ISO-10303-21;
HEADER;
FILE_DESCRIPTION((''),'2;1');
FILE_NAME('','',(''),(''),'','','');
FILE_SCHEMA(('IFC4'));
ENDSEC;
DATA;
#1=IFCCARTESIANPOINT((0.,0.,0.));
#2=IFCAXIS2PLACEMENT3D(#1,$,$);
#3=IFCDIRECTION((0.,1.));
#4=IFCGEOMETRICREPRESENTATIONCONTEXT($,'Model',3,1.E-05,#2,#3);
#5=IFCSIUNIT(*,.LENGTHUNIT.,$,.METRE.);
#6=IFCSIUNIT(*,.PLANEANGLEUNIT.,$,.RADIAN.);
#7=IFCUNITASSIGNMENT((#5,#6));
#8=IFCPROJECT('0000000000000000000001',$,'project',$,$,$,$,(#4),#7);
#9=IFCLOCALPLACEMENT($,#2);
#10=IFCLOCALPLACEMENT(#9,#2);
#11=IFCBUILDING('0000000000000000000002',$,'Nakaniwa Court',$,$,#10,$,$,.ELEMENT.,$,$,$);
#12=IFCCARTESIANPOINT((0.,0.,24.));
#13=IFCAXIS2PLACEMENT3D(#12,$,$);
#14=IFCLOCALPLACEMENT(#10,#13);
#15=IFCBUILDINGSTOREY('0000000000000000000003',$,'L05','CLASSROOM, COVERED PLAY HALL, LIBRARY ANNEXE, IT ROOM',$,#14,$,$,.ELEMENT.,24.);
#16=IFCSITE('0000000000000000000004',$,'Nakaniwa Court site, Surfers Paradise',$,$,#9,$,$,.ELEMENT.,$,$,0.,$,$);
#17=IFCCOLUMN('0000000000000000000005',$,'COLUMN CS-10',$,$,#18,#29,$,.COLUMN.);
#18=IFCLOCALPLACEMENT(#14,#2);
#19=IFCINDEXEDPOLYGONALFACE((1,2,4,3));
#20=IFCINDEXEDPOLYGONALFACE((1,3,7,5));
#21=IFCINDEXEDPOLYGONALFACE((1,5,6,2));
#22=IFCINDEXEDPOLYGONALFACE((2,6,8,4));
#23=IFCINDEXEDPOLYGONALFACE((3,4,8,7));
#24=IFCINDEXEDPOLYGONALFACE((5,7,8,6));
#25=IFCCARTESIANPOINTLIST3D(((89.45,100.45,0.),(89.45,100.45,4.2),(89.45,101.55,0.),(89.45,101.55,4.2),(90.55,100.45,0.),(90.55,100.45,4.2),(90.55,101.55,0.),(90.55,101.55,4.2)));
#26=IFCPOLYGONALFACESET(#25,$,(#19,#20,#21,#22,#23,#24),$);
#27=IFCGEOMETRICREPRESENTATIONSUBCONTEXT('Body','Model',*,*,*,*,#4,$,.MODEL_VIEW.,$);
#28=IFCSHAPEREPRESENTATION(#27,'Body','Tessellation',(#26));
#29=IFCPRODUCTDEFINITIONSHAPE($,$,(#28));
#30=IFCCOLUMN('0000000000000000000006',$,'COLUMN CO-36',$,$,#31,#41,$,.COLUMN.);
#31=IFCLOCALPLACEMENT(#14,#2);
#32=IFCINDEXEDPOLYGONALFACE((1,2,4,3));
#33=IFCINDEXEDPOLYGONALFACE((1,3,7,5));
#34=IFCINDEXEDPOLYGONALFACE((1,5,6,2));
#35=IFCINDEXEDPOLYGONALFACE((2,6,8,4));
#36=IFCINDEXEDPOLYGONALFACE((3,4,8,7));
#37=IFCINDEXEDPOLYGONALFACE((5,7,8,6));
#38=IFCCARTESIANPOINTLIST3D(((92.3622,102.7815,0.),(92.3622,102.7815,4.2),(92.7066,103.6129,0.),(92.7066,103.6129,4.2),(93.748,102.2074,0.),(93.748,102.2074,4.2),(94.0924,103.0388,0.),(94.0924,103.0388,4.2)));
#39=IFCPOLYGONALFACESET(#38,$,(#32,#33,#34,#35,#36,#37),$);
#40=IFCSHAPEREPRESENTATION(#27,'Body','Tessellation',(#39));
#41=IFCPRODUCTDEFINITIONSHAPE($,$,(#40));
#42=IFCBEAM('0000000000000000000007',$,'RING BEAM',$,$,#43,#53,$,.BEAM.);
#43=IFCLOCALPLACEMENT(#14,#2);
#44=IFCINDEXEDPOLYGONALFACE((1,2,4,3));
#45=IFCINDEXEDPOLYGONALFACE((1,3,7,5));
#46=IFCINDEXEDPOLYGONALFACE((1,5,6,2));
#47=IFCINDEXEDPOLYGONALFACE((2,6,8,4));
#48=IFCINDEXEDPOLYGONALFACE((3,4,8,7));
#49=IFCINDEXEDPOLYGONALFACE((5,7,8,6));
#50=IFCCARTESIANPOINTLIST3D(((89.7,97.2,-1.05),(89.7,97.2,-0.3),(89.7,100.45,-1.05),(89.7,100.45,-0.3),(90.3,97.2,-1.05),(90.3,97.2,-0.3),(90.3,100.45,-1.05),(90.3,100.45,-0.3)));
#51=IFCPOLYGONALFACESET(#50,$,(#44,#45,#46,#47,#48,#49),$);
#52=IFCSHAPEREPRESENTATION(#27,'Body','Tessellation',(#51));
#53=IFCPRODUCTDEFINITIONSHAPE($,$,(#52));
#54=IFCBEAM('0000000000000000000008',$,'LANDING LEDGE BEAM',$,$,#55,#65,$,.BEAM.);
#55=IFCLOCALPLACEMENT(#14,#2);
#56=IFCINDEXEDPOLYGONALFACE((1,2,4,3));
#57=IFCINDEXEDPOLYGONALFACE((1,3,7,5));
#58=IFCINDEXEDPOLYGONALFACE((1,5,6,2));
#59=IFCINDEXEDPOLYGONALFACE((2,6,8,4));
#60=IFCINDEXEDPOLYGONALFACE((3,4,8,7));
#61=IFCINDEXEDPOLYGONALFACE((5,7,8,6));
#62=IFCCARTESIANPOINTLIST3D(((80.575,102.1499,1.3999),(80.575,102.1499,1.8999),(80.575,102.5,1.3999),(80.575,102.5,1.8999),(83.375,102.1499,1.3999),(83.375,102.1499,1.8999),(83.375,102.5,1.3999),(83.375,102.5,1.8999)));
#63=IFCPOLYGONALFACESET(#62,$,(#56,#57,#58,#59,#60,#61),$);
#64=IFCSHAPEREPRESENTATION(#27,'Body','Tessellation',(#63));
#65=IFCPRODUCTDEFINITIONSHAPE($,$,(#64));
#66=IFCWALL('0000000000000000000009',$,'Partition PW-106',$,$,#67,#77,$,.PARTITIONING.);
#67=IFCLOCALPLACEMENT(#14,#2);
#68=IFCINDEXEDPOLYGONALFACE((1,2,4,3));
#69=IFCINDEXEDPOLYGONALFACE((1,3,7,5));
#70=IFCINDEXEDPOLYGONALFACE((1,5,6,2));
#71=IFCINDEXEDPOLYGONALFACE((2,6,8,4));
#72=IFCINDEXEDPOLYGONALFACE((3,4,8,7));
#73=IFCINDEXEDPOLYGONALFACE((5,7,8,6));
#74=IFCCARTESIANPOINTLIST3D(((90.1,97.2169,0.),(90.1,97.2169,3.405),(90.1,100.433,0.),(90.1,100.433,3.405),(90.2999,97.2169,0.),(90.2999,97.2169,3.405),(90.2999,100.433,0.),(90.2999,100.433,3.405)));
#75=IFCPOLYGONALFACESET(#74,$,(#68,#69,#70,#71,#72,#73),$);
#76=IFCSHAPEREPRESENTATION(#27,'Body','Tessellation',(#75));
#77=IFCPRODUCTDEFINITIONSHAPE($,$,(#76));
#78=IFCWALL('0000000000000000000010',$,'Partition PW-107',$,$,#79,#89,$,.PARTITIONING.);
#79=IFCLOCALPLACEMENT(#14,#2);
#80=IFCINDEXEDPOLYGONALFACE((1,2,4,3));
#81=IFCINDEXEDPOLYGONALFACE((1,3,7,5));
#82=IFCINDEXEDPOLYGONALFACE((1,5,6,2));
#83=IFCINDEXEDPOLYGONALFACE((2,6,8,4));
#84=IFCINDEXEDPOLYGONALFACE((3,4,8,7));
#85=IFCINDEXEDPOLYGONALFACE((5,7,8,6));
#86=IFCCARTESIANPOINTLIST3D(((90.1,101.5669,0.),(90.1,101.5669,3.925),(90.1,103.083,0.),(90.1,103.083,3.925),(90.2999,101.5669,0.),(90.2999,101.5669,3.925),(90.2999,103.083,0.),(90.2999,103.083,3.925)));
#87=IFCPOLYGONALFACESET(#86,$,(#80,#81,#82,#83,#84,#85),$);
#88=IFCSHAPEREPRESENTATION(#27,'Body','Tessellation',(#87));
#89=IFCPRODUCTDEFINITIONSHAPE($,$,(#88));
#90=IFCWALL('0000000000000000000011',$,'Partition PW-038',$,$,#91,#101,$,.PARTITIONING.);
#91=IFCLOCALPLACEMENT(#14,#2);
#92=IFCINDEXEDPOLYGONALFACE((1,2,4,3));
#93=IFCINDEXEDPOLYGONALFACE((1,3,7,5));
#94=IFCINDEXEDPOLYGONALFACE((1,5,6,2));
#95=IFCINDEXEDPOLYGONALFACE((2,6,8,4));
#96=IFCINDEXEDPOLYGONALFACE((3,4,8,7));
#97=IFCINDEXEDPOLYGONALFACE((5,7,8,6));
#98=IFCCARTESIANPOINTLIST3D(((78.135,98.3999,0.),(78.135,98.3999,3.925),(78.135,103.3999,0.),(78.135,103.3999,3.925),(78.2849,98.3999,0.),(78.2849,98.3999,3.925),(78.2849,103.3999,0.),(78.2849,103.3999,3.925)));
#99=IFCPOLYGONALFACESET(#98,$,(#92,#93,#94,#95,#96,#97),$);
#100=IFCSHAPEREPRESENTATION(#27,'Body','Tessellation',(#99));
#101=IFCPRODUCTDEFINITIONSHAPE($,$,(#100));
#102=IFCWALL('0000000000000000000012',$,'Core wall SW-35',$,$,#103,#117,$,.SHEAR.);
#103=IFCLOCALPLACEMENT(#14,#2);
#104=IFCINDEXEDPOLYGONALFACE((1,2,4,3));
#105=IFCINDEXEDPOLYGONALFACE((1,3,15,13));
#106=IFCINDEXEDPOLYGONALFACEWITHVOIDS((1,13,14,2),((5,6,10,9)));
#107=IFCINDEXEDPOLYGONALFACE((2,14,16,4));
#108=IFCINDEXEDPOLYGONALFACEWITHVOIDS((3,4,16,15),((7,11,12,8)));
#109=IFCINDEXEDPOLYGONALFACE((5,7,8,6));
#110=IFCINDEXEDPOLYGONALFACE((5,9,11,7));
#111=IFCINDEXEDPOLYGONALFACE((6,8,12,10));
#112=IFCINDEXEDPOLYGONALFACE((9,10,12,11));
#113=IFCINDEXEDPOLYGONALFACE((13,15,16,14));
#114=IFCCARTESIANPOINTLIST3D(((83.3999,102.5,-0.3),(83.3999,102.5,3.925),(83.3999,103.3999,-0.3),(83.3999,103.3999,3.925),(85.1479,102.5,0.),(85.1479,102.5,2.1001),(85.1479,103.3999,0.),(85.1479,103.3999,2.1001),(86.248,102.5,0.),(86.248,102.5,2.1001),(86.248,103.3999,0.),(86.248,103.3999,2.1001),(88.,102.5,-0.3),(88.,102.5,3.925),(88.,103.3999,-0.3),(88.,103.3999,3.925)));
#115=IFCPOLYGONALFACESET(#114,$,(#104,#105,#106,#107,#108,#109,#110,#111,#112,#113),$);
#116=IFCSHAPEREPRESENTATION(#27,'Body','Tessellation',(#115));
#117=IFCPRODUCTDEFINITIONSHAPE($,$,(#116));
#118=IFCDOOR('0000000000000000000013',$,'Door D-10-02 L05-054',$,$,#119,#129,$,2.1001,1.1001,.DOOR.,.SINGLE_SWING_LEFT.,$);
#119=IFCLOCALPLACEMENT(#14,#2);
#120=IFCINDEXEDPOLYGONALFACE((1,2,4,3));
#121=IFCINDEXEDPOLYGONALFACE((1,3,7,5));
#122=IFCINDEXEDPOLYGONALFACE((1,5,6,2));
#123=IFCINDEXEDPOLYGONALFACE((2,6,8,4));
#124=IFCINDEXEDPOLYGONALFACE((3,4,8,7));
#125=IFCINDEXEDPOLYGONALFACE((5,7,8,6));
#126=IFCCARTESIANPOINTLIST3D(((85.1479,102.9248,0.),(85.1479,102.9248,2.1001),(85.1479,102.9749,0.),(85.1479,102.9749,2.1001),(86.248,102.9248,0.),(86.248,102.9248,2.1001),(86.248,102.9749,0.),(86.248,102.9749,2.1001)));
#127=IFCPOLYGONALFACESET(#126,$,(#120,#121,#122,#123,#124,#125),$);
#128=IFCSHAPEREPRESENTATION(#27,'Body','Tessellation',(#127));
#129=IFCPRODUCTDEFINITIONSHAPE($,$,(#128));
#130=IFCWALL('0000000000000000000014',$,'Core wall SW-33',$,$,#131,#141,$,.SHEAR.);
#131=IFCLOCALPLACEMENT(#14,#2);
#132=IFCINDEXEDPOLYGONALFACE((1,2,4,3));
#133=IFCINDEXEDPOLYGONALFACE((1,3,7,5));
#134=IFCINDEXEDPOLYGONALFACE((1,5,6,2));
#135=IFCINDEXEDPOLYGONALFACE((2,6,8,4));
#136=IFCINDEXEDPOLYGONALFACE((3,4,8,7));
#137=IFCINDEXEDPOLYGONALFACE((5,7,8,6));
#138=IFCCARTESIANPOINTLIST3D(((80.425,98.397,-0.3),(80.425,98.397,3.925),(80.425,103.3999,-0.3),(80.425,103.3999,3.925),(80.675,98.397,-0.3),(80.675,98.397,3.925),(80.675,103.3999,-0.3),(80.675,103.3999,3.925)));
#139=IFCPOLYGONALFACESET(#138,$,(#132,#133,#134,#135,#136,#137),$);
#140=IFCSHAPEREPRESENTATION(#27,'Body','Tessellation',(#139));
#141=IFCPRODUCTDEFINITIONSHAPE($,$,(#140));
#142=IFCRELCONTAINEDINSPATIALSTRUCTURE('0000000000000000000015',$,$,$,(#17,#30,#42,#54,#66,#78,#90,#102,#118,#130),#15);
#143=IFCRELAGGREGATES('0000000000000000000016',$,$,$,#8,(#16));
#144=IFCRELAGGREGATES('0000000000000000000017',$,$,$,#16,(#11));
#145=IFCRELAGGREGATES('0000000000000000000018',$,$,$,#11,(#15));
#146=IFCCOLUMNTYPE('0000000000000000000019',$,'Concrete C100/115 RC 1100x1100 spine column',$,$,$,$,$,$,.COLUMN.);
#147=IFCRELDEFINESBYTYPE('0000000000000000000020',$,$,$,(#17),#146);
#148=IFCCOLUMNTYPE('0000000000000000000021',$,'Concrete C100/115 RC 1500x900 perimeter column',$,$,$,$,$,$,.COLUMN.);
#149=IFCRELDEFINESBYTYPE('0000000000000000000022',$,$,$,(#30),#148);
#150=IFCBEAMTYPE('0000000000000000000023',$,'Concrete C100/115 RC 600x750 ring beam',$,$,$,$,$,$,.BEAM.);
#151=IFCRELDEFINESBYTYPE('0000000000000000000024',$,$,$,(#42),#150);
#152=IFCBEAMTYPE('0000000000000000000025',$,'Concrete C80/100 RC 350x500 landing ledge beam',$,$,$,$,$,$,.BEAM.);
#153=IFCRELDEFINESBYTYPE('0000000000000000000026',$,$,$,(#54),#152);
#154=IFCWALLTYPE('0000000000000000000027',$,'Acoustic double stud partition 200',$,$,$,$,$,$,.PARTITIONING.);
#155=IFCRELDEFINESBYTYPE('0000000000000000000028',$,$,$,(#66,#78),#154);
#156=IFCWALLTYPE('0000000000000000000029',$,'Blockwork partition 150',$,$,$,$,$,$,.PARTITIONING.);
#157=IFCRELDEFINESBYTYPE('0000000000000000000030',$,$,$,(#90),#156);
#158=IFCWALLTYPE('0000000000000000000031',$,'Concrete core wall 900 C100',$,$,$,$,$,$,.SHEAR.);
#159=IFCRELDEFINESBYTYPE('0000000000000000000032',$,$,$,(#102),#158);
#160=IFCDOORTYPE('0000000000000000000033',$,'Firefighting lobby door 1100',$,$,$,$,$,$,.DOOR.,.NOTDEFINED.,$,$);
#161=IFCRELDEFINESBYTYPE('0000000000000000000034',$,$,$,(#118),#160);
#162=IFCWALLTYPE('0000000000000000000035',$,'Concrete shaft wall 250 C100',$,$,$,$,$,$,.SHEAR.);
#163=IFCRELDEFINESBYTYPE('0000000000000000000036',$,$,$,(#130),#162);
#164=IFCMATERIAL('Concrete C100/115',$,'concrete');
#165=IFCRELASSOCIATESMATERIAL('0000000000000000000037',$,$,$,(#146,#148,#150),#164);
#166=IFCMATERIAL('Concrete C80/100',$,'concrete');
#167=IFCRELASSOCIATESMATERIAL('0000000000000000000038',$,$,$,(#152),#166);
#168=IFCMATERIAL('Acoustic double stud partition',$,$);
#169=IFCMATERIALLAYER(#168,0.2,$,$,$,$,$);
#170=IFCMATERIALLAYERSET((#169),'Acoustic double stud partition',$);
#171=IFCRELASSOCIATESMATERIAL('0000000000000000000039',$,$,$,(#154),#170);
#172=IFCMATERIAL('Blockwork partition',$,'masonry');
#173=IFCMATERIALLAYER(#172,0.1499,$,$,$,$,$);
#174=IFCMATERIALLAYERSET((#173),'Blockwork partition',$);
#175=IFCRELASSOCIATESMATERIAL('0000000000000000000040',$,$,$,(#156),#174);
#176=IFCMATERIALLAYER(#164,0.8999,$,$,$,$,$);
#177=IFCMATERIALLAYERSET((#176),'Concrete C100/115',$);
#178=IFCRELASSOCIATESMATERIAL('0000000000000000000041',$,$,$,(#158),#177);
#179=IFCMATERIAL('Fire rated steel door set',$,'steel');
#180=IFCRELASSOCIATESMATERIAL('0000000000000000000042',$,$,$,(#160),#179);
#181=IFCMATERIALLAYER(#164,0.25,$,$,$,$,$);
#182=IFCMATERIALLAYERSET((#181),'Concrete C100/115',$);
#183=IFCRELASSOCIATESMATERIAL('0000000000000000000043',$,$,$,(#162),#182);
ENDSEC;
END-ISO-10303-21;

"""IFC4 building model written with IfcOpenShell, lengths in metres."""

from ifc_helpers import new_model, si_unit, direction, frame, frame_2d, origin, origin_2d, place, context, subcontext, project, spatial, rectangle, extrude, material, layer, layer_set, material_profile, profile_set, type_object, element, fill, save


model = new_model("IFC4")

# Units and contexts
model_context = context("Model", 3, precision=1e-05, world=origin(), true_north=direction((0.0, 1.0)))
body_context = subcontext(model_context, "Body", "Model", "MODEL_VIEW")
ifc_project = project(units=[si_unit("LENGTHUNIT", "METRE"), si_unit("PLANEANGLEUNIT", "RADIAN")], contexts=[model_context])

# Site, building, storey
site_placement = place(None, origin())
site = spatial("IfcSite", under=ifc_project, at=site_placement, Name="Nakaniwa Court site, Surfers Paradise", CompositionType="ELEMENT", RefElevation=0.0)
building_placement = place(site_placement, origin())
building = spatial("IfcBuilding", under=site, at=building_placement, Name="Nakaniwa Court", CompositionType="ELEMENT")
storey_placement = place(building_placement, frame((0.0, 0.0, 24.0)))
storey = spatial("IfcBuildingStorey", under=building, at=storey_placement, Name="L05", Description="CLASSROOM, COVERED PLAY HALL, LIBRARY ANNEXE, IT ROOM", CompositionType="ELEMENT", Elevation=24.0)

# Columns
ifc_material_1 = material(Name="Concrete C100/115", Category="concrete")
ifc_material_profile_1 = material_profile(ifc_material_1, rectangle(XDim=1.1001, YDim=1.1001, at=origin_2d()), Name="Concrete C100/115 RC 1100x1100 spine column")
ifc_profile_set_1 = profile_set([ifc_material_profile_1], Name="Concrete C100/115")
column_type_1 = type_object("IfcColumnType", Name="Concrete C100/115 RC 1100x1100 spine column", PredefinedType="COLUMN", material=ifc_profile_set_1)
column_1_placement = place(storey_placement, frame((90.0, 101.0, 0.0), z_axis=(0.0, 0.0, 1.0), x_axis=(0.0, 1.0, 0.0)))
element("IfcColumn", 1, at=column_1_placement, inside=storey, type_object=column_type_1, Name="COLUMN CS-10", PredefinedType="COLUMN", context=body_context, shape_type="SweptSolid", body=[
    extrude(rectangle(XDim=1.1001, YDim=1.1001, at=origin_2d()), origin(), (0.0, 0.0, 1.0), 4.2),
])
ifc_material_profile_2 = material_profile(ifc_material_1, rectangle(XDim=1.5, YDim=0.8999, at=origin_2d()), Name="Concrete C100/115 RC 1500x900 perimeter column")
ifc_profile_set_2 = profile_set([ifc_material_profile_2], Name="Concrete C100/115")
column_type_2 = type_object("IfcColumnType", Name="Concrete C100/115 RC 1500x900 perimeter column", PredefinedType="COLUMN", material=ifc_profile_set_2)
column_2_placement = place(storey_placement, frame((93.2273, 102.9102, 0.0), z_axis=(0.0, 0.0, 1.0), x_axis=(-0.92388, 0.382683, 0.0)))
element("IfcColumn", 2, at=column_2_placement, inside=storey, type_object=column_type_2, Name="COLUMN CO-36", PredefinedType="COLUMN", context=body_context, shape_type="SweptSolid", body=[
    extrude(rectangle(XDim=1.5, YDim=0.8999, at=origin_2d()), origin(), (0.0, 0.0, 1.0), 4.2),
])

# Beams
ifc_material_profile_3 = material_profile(ifc_material_1, rectangle(XDim=0.6001, YDim=0.75, at=origin_2d()), Name="Concrete C100/115 RC 600x750 ring beam")
ifc_profile_set_3 = profile_set([ifc_material_profile_3], Name="Concrete C100/115")
beam_type_1 = type_object("IfcBeamType", Name="Concrete C100/115 RC 600x750 ring beam", PredefinedType="BEAM", material=ifc_profile_set_3)
beam_1_placement = place(storey_placement, frame((90.0, 97.2, -0.675), z_axis=(0.0, 1.0, 0.0), x_axis=(-1.0, 0.0, 0.0)))
element("IfcBeam", 3, at=beam_1_placement, inside=storey, type_object=beam_type_1, Name="RING BEAM", PredefinedType="BEAM", context=body_context, shape_type="SweptSolid", body=[
    extrude(rectangle(XDim=0.6001, YDim=0.75, at=origin_2d()), origin(), (0.0, 0.0, 1.0), 3.25),
])
ifc_material_2 = material(Name="Concrete C80/100", Category="concrete")
ifc_material_profile_4 = material_profile(ifc_material_2, rectangle(XDim=0.3501, YDim=0.5, at=origin_2d()), Name="Concrete C80/100 RC 350x500 landing ledge beam")
ifc_profile_set_4 = profile_set([ifc_material_profile_4], Name="Concrete C80/100")
beam_type_2 = type_object("IfcBeamType", Name="Concrete C80/100 RC 350x500 landing ledge beam", PredefinedType="BEAM", material=ifc_profile_set_4)
beam_2_placement = place(storey_placement, frame((80.575, 102.325, 1.6499), z_axis=(1.0, 0.0, 0.0), x_axis=(0.0, 1.0, 0.0)))
element("IfcBeam", 4, at=beam_2_placement, inside=storey, type_object=beam_type_2, Name="LANDING LEDGE BEAM", PredefinedType="BEAM", context=body_context, shape_type="SweptSolid", body=[
    extrude(rectangle(XDim=0.3501, YDim=0.5, at=origin_2d()), origin(), (0.0, 0.0, 1.0), 2.8),
])

# Walls
ifc_material_3 = material(Name="Acoustic double stud partition")
ifc_layer_1 = layer(ifc_material_3, 0.2)
ifc_layer_set_1 = layer_set([ifc_layer_1], Name="Acoustic double stud partition")
wall_type_1 = type_object("IfcWallType", Name="Acoustic double stud partition 200", PredefinedType="PARTITIONING", material=ifc_layer_set_1)
wall_1_placement = place(storey_placement, frame((90.2, 97.217, 0.0), z_axis=(0.0, 0.0, 1.0), x_axis=(0.0, 1.0, 0.0)))
element("IfcWall", 5, at=wall_1_placement, inside=storey, type_object=wall_type_1, Name="Partition PW-106", PredefinedType="PARTITIONING", context=body_context, shape_type="SweptSolid", body=[
    extrude(rectangle(XDim=3.2161, YDim=0.2, at=frame_2d((1.6079, 0.0))), origin(), (0.0, 0.0, 1.0), 3.405),
])
wall_2_placement = place(storey_placement, frame((90.2, 101.5669, 0.0), z_axis=(0.0, 0.0, 1.0), x_axis=(0.0, 1.0, 0.0)))
element("IfcWall", 6, at=wall_2_placement, inside=storey, type_object=wall_type_1, Name="Partition PW-107", PredefinedType="PARTITIONING", context=body_context, shape_type="SweptSolid", body=[
    extrude(rectangle(XDim=1.5161, YDim=0.2, at=frame_2d((0.7581, 0.0))), origin(), (0.0, 0.0, 1.0), 3.925),
])
ifc_material_4 = material(Name="Blockwork partition", Category="masonry")
ifc_layer_2 = layer(ifc_material_4, 0.1499)
ifc_layer_set_2 = layer_set([ifc_layer_2], Name="Blockwork partition")
wall_type_2 = type_object("IfcWallType", Name="Blockwork partition 150", PredefinedType="PARTITIONING", material=ifc_layer_set_2)
wall_3_placement = place(storey_placement, frame((78.21, 98.3999, 0.0), z_axis=(0.0, 0.0, 1.0), x_axis=(0.0, 1.0, 0.0)))
element("IfcWall", 7, at=wall_3_placement, inside=storey, type_object=wall_type_2, Name="Partition PW-038", PredefinedType="PARTITIONING", context=body_context, shape_type="SweptSolid", body=[
    extrude(rectangle(XDim=5.0, YDim=0.1499, at=frame_2d((2.5, 0.0))), origin(), (0.0, 0.0, 1.0), 3.925),
])

# Wall, opening, door
ifc_layer_3 = layer(ifc_material_1, 0.8999)
ifc_layer_set_3 = layer_set([ifc_layer_3], Name="Concrete C100/115")
wall_type_3 = type_object("IfcWallType", Name="Concrete core wall 900 C100", PredefinedType="SHEAR", material=ifc_layer_set_3)
wall_4_placement = place(storey_placement, frame((83.3999, 102.95, -0.3), z_axis=(0.0, 0.0, 1.0), x_axis=(1.0, 0.0, 0.0)))
wall_4 = element("IfcWall", 8, at=wall_4_placement, inside=storey, type_object=wall_type_3, Name="Core wall SW-35", PredefinedType="SHEAR", context=body_context, shape_type="SweptSolid", body=[
    extrude(rectangle(XDim=4.6001, YDim=0.8999, at=frame_2d((2.3, 0.0))), origin(), (0.0, 0.0, 1.0), 4.2251),
])
opening_placement = place(wall_4_placement, frame((1.748, 0.0, 0.3)))
opening = element("IfcOpeningElement", 9, at=opening_placement, cuts=wall_4, PredefinedType="OPENING", context=body_context, shape_type="SweptSolid", body=[
    extrude(rectangle(XDim=1.1001, YDim=2.1001, at=frame_2d((0.55, 1.05))), frame((0.0, 0.46, 0.0), z_axis=(0.0, -1.0, 0.0), x_axis=(1.0, 0.0, 0.0)), (0.0, 0.0, 1.0), 0.9199),
])
ifc_material_5 = material(Name="Fire rated steel door set", Category="steel")
door_type = type_object("IfcDoorType", Name="Firefighting lobby door 1100", OperationType="NOTDEFINED", PredefinedType="DOOR", material=ifc_material_5)
door_placement = place(opening_placement, origin())
door = element("IfcDoor", 10, at=door_placement, inside=storey, type_object=door_type, Name="Door D-10-02 L05-054", OperationType="SINGLE_SWING_LEFT", OverallHeight=2.1001, OverallWidth=1.1001, PredefinedType="DOOR", context=body_context, shape_type="SweptSolid", body=[
    extrude(rectangle(XDim=1.1001, YDim=2.1001, at=frame_2d((0.55, 1.05))), frame((0.0, 0.0249, 0.0), z_axis=(0.0, -1.0, 0.0), x_axis=(1.0, 0.0, 0.0)), (0.0, 0.0, 1.0), 0.05),
])
fill(opening, door)

# Wall
ifc_layer_4 = layer(ifc_material_1, 0.25)
ifc_layer_set_4 = layer_set([ifc_layer_4], Name="Concrete C100/115")
wall_type_4 = type_object("IfcWallType", Name="Concrete shaft wall 250 C100", PredefinedType="SHEAR", material=ifc_layer_set_4)
wall_5_placement = place(storey_placement, frame((80.55, 98.397, -0.3), z_axis=(0.0, 0.0, 1.0), x_axis=(0.0, 1.0, 0.0)))
element("IfcWall", 11, at=wall_5_placement, inside=storey, type_object=wall_type_4, Name="Core wall SW-33", PredefinedType="SHEAR", context=body_context, shape_type="SweptSolid", body=[
    extrude(rectangle(XDim=5.0029, YDim=0.25, at=frame_2d((2.5015, 0.0))), origin(), (0.0, 0.0, 1.0), 4.2251),
])

save(model, "model.ifc")
